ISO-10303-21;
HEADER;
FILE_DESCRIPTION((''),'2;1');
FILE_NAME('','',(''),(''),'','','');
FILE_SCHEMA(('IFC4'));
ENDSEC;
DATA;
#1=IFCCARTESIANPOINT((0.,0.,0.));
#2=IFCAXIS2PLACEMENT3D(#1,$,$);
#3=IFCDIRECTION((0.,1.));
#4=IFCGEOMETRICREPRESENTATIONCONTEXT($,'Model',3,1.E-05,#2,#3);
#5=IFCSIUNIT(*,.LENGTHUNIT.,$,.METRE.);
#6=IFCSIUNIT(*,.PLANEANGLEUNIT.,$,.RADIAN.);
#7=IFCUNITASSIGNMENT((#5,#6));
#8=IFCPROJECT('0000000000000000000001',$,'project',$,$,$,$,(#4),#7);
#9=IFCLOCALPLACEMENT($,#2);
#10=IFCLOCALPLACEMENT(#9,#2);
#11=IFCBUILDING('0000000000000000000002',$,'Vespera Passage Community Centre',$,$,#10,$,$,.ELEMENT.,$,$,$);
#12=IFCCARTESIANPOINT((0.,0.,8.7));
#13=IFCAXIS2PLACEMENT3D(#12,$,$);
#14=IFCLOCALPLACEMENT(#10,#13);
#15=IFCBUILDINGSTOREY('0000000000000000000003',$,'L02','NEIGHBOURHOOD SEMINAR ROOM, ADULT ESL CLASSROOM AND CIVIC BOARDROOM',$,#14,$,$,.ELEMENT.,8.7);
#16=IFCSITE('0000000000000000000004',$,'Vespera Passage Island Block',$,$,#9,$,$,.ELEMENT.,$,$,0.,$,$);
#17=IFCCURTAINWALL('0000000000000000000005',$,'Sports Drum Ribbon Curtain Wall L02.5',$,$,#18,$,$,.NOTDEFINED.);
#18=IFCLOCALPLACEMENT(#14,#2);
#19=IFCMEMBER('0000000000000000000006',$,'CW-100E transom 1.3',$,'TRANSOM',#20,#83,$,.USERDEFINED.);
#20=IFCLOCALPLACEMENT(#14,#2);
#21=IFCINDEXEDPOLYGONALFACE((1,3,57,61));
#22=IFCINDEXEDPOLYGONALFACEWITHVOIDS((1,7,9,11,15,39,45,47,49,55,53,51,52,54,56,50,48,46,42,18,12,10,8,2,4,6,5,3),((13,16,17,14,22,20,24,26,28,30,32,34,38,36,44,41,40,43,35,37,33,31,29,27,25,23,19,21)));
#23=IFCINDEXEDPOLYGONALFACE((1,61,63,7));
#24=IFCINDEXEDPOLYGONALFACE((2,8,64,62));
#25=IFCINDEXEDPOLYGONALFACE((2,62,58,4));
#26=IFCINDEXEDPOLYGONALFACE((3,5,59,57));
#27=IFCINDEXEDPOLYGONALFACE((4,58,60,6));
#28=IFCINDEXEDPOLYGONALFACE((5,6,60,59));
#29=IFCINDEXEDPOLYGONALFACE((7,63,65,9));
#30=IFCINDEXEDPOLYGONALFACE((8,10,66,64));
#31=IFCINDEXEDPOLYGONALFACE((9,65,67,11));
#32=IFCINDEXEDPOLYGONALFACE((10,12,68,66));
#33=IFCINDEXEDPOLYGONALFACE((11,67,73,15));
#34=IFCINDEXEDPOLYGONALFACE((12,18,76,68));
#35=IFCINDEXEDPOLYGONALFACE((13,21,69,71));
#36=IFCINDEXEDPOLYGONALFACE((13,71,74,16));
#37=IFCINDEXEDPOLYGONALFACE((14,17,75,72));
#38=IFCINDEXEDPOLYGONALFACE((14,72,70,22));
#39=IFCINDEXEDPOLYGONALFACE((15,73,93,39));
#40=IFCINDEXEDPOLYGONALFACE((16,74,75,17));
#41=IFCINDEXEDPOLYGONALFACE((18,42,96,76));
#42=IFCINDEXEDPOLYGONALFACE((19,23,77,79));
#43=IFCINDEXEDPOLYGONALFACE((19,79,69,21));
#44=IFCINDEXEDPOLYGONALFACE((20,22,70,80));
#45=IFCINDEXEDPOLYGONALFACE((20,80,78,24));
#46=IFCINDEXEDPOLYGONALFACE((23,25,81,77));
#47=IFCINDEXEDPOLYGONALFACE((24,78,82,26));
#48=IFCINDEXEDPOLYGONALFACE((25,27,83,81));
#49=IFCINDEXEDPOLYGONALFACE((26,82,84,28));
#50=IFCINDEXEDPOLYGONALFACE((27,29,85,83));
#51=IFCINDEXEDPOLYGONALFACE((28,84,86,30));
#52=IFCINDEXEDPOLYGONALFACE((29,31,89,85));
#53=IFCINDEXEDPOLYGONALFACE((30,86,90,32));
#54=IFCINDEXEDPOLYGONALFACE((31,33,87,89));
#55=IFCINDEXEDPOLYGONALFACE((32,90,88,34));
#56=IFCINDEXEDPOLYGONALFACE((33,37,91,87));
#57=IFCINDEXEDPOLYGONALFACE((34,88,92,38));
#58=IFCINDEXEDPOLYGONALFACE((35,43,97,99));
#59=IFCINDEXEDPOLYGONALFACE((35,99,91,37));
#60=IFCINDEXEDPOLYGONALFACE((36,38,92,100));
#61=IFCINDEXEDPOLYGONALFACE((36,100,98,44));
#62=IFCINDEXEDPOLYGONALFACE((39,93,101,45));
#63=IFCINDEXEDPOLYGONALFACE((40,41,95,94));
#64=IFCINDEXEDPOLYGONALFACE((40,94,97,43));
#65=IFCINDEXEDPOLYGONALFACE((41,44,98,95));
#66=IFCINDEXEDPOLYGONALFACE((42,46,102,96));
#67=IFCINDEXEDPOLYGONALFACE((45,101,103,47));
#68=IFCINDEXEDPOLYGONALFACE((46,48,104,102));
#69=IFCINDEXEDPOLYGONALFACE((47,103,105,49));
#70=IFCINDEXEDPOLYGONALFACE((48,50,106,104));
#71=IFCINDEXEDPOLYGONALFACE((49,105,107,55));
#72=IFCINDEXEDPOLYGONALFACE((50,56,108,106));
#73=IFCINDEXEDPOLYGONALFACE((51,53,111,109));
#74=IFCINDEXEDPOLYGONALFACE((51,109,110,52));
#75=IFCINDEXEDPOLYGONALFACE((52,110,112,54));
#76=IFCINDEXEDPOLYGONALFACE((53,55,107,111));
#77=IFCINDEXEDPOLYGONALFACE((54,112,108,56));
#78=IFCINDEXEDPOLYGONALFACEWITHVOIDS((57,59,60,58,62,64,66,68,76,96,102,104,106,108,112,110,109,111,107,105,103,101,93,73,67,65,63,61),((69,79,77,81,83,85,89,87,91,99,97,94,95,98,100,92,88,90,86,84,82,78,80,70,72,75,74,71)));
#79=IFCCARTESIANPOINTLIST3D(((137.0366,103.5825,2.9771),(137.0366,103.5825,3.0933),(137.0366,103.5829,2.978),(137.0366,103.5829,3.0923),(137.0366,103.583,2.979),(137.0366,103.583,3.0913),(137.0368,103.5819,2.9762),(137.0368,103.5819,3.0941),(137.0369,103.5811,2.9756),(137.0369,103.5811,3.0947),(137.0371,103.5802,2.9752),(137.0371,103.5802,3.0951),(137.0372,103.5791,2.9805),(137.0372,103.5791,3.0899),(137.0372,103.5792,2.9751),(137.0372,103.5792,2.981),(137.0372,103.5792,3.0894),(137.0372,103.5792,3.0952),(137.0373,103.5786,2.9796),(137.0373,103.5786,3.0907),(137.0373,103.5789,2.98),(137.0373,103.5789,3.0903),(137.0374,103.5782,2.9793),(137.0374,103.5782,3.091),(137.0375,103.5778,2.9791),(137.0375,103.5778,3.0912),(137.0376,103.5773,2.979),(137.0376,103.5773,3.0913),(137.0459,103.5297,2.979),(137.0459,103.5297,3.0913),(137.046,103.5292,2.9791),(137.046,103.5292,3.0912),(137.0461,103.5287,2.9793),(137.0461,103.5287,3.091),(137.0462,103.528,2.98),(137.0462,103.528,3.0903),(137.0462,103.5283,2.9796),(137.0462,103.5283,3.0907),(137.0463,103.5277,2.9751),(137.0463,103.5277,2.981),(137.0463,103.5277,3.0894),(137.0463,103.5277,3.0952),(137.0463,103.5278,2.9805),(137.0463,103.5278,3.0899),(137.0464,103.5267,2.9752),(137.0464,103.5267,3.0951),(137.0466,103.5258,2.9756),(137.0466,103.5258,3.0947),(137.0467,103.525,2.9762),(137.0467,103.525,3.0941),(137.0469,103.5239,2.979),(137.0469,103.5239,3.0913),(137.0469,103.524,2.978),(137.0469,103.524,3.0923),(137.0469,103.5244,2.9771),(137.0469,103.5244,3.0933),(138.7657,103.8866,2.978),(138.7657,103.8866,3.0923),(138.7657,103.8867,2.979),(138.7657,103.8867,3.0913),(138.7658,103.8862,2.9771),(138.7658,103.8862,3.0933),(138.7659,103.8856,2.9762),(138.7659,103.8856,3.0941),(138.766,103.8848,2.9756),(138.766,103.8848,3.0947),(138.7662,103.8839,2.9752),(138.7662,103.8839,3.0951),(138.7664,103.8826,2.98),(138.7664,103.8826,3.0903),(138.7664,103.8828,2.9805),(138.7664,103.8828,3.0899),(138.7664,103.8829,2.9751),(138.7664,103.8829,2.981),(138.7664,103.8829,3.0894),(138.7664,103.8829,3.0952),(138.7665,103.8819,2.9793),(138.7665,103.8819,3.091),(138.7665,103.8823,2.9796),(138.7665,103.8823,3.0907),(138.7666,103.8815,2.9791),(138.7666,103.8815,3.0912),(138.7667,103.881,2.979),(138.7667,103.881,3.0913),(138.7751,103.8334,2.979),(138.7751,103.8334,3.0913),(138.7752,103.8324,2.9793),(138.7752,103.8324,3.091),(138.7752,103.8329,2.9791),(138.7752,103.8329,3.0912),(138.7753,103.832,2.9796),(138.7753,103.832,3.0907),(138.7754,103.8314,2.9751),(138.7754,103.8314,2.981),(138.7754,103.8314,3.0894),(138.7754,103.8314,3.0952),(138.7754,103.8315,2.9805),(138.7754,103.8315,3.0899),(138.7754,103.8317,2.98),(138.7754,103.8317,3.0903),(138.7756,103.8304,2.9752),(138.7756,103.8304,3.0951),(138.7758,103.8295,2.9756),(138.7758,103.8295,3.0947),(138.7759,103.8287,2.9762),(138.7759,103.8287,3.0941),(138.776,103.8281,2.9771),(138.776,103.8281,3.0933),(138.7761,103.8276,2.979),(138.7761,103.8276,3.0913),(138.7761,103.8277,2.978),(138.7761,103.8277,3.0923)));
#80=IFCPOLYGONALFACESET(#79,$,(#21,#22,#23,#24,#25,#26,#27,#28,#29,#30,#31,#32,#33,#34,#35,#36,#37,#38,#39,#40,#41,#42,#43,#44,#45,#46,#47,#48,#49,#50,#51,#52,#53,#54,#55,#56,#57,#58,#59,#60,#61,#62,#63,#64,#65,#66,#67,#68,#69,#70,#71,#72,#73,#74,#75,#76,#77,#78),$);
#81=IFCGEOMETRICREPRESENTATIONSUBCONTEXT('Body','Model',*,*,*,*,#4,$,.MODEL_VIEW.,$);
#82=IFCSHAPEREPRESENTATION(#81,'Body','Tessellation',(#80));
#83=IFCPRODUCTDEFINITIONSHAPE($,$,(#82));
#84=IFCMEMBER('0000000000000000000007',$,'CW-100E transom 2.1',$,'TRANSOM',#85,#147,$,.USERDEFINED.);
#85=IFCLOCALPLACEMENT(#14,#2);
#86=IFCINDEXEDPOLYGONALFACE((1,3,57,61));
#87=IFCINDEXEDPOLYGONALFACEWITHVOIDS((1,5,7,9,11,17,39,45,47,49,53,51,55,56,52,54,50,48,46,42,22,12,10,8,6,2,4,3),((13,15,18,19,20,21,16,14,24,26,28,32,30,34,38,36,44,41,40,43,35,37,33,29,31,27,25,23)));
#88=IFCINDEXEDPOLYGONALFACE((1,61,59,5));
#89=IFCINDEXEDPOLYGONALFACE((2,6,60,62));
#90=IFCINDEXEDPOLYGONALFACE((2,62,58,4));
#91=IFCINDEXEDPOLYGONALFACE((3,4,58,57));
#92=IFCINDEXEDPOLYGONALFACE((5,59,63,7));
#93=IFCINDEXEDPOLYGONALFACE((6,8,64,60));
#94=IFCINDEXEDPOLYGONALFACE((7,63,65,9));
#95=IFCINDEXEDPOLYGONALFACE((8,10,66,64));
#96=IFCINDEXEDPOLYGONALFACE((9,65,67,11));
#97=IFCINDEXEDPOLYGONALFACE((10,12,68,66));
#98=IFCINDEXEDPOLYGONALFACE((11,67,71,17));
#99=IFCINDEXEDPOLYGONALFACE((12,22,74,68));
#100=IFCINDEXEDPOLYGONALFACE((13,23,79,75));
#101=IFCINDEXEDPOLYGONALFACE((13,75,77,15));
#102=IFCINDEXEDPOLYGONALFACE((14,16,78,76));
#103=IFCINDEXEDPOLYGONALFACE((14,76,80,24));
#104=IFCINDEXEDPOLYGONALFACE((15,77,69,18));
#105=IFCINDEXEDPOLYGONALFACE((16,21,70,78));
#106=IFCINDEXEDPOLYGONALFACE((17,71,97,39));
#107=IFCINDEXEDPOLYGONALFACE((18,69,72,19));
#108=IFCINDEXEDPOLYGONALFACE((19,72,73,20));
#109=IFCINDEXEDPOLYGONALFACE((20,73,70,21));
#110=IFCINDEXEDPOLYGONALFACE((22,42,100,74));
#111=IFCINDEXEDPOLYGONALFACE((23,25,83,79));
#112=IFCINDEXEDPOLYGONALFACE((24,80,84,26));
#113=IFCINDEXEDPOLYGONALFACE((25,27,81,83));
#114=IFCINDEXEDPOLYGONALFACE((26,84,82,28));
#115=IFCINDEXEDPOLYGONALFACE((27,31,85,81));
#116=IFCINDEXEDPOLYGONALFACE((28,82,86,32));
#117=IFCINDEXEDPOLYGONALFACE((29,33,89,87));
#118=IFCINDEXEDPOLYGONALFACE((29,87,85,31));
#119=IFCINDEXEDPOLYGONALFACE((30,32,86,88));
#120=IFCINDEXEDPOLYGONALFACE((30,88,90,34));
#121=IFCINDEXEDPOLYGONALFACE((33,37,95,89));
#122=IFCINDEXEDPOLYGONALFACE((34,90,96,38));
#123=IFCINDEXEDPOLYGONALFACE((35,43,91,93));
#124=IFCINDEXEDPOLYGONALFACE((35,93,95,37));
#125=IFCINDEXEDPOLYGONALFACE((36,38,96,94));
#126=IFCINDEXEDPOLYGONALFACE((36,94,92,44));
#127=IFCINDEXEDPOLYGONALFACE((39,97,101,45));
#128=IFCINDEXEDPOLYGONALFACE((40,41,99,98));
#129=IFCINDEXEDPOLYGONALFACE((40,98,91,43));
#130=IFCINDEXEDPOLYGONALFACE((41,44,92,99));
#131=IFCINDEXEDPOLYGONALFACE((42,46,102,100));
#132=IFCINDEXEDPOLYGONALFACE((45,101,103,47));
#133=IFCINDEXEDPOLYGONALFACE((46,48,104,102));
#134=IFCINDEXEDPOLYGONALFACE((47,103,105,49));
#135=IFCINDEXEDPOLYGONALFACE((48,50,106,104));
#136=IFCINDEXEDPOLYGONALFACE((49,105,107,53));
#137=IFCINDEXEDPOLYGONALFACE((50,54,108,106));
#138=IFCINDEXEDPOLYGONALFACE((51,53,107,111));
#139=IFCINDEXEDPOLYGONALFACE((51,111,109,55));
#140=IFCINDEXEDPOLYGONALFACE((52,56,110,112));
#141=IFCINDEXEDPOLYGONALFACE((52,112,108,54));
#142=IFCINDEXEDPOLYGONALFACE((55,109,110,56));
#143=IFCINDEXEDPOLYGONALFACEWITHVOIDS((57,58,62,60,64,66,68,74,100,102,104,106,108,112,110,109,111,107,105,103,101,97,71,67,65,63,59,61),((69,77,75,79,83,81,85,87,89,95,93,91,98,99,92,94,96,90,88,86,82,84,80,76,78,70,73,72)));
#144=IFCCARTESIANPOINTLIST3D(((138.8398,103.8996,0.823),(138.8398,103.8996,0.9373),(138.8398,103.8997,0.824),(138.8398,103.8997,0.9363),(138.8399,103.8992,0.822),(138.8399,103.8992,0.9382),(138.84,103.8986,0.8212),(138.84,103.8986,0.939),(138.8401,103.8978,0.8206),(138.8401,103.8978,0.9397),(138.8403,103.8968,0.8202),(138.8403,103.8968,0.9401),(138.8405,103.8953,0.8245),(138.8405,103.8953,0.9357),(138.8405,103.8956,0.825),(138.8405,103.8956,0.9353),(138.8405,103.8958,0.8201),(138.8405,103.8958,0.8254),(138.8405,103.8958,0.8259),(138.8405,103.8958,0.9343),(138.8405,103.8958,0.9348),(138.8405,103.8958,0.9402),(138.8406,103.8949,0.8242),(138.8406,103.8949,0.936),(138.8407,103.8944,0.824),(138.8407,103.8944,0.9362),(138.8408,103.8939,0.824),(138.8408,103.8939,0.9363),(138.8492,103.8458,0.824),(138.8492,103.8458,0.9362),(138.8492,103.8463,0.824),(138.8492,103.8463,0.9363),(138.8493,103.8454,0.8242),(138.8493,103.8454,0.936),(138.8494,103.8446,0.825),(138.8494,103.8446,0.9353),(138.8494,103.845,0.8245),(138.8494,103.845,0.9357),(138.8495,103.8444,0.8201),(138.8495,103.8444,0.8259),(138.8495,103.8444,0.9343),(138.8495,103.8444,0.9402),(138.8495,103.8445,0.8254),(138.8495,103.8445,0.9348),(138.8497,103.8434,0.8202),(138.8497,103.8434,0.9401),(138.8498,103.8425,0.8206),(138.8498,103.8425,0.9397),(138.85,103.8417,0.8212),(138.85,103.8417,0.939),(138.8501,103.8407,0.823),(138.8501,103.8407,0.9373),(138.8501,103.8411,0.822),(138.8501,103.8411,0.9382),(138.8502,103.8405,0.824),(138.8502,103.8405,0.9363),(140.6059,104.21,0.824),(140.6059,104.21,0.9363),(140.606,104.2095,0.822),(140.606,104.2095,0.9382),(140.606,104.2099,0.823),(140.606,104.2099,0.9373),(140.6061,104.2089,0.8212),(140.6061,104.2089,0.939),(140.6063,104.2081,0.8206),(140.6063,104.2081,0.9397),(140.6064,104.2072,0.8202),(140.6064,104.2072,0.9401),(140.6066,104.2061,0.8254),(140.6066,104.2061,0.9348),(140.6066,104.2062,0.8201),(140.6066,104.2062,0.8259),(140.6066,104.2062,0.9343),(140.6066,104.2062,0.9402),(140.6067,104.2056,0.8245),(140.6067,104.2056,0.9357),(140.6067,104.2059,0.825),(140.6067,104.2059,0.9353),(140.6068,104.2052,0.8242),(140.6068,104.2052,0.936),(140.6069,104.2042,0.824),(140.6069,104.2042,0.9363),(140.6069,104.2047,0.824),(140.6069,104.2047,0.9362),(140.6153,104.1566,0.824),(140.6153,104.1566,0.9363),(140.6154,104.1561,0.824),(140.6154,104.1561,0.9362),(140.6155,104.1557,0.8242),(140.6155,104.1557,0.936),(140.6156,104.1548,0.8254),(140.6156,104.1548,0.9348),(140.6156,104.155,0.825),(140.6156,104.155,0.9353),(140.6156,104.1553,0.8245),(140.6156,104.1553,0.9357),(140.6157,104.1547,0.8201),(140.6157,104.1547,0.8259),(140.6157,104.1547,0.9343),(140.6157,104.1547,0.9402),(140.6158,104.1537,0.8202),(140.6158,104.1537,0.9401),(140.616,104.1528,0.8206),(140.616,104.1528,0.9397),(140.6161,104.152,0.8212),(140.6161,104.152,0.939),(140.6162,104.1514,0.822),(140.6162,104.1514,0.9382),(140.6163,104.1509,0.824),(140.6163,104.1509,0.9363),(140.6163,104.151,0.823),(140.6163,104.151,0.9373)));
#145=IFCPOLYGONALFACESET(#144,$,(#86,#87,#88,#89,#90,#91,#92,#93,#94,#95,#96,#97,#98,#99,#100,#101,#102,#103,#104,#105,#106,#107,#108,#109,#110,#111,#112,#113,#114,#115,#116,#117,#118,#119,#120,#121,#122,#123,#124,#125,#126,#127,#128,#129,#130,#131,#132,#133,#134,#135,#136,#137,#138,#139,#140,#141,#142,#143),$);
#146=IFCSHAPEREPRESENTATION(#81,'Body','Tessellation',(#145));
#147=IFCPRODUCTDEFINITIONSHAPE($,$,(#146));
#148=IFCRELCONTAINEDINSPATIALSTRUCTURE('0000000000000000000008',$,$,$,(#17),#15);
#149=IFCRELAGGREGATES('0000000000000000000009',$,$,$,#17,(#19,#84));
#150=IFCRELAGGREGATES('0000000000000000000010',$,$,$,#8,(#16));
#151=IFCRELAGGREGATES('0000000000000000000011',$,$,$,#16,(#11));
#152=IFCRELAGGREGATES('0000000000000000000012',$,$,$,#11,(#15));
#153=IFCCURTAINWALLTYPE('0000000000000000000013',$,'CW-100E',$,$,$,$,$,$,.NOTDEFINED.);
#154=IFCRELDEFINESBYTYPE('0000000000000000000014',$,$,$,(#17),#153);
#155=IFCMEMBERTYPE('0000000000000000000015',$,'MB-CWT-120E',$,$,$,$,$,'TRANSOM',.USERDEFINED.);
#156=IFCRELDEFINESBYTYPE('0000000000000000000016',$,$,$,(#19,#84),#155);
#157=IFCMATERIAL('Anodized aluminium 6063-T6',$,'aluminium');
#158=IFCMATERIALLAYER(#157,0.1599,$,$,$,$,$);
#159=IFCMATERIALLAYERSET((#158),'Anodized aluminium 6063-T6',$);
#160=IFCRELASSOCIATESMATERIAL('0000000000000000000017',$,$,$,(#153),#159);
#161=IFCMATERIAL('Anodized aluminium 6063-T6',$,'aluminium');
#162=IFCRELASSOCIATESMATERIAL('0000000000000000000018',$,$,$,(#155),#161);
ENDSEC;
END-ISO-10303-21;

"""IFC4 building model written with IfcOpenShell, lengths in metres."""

from ifc_helpers import new_model, si_unit, direction, frame, origin, origin_2d, place, context, subcontext, project, spatial, hollow_rectangle, extrude, material, layer, layer_set, material_profile, profile_set, type_object, element, aggregate, save


model = new_model("IFC4")

# Units and contexts
model_context = context("Model", 3, precision=1e-05, world=origin(), true_north=direction((0.0, 1.0)))
body_context = subcontext(model_context, "Body", "Model", "MODEL_VIEW")
ifc_project = project(units=[si_unit("LENGTHUNIT", "METRE"), si_unit("PLANEANGLEUNIT", "RADIAN")], contexts=[model_context])

# Site, building, storey
site_placement = place(None, origin())
site = spatial("IfcSite", under=ifc_project, at=site_placement, Name="Vespera Passage Island Block", CompositionType="ELEMENT", RefElevation=0.0)
building_placement = place(site_placement, origin())
building = spatial("IfcBuilding", under=site, at=building_placement, Name="Vespera Passage Community Centre", CompositionType="ELEMENT")
storey_placement = place(building_placement, frame((0.0, 0.0, 8.7)))
storey = spatial("IfcBuildingStorey", under=building, at=storey_placement, Name="L02", Description="NEIGHBOURHOOD SEMINAR ROOM, ADULT ESL CLASSROOM AND CIVIC BOARDROOM", CompositionType="ELEMENT", Elevation=8.7)

# Curtain wall
ifc_material_1 = material(Name="Anodized aluminium 6063-T6", Category="aluminium")
ifc_layer_1 = layer(ifc_material_1, 0.1599)
ifc_layer_set_1 = layer_set([ifc_layer_1], Name="Anodized aluminium 6063-T6")
curtain_wall_type_1 = type_object("IfcCurtainWallType", Name="CW-100E", PredefinedType="NOTDEFINED", material=ifc_layer_set_1)
curtain_wall_1_placement = place(storey_placement, origin())
curtain_wall_1 = element("IfcCurtainWall", 1, at=curtain_wall_1_placement, inside=storey, type_object=curtain_wall_type_1, Name="Sports Drum Ribbon Curtain Wall L02.5", PredefinedType="NOTDEFINED")

# Members
ifc_material_2 = material(Name="Anodized aluminium 6063-T6", Category="aluminium")
ifc_material_profile_1 = material_profile(ifc_material_2, hollow_rectangle(XDim=0.0601, YDim=0.1201, WallThickness=0.0039, InnerFilletRadius=0.002, OuterFilletRadius=0.0039, at=origin_2d()), Name="ALU120X60X4")
ifc_profile_set_1 = profile_set([ifc_material_profile_1], Name="Anodized aluminium 6063-T6")
member_type_1 = type_object("IfcMemberType", Name="MB-CWT-120E", ElementType="TRANSOM", PredefinedType="USERDEFINED", material=ifc_profile_set_1)
member_1_placement = place(storey_placement, frame((137.0417, 103.5535, 3.0352), z_axis=(0.984925, 0.172984, 0.0), x_axis=(-0.172984, 0.984925, 0.0)))
member_1 = element("IfcMember", 2, at=member_1_placement, type_object=member_type_1, Name="CW-100E transom 1.3", ObjectType="TRANSOM", PredefinedType="USERDEFINED", context=body_context, shape_type="SweptSolid", body=[
    extrude(hollow_rectangle(XDim=0.0601, YDim=0.1201, WallThickness=0.0039, InnerFilletRadius=0.002, OuterFilletRadius=0.0039, at=origin_2d()), origin(), (0.0, 0.0, 1.0), 1.7556),
])
member_2_placement = place(storey_placement, frame((138.845, 103.8701, 0.8801), z_axis=(0.984913, 0.173047, 0.0), x_axis=(-0.173047, 0.984913, 0.0)))
member_2 = element("IfcMember", 3, at=member_2_placement, type_object=member_type_1, Name="CW-100E transom 2.1", ObjectType="TRANSOM", PredefinedType="USERDEFINED", context=body_context, shape_type="SweptSolid", body=[
    extrude(hollow_rectangle(XDim=0.0601, YDim=0.1201, WallThickness=0.0039, InnerFilletRadius=0.002, OuterFilletRadius=0.0039, at=origin_2d()), origin(), (0.0, 0.0, 1.0), 1.7932),
])

aggregate(curtain_wall_1, [member_1, member_2])

save(model, "model.ifc")
